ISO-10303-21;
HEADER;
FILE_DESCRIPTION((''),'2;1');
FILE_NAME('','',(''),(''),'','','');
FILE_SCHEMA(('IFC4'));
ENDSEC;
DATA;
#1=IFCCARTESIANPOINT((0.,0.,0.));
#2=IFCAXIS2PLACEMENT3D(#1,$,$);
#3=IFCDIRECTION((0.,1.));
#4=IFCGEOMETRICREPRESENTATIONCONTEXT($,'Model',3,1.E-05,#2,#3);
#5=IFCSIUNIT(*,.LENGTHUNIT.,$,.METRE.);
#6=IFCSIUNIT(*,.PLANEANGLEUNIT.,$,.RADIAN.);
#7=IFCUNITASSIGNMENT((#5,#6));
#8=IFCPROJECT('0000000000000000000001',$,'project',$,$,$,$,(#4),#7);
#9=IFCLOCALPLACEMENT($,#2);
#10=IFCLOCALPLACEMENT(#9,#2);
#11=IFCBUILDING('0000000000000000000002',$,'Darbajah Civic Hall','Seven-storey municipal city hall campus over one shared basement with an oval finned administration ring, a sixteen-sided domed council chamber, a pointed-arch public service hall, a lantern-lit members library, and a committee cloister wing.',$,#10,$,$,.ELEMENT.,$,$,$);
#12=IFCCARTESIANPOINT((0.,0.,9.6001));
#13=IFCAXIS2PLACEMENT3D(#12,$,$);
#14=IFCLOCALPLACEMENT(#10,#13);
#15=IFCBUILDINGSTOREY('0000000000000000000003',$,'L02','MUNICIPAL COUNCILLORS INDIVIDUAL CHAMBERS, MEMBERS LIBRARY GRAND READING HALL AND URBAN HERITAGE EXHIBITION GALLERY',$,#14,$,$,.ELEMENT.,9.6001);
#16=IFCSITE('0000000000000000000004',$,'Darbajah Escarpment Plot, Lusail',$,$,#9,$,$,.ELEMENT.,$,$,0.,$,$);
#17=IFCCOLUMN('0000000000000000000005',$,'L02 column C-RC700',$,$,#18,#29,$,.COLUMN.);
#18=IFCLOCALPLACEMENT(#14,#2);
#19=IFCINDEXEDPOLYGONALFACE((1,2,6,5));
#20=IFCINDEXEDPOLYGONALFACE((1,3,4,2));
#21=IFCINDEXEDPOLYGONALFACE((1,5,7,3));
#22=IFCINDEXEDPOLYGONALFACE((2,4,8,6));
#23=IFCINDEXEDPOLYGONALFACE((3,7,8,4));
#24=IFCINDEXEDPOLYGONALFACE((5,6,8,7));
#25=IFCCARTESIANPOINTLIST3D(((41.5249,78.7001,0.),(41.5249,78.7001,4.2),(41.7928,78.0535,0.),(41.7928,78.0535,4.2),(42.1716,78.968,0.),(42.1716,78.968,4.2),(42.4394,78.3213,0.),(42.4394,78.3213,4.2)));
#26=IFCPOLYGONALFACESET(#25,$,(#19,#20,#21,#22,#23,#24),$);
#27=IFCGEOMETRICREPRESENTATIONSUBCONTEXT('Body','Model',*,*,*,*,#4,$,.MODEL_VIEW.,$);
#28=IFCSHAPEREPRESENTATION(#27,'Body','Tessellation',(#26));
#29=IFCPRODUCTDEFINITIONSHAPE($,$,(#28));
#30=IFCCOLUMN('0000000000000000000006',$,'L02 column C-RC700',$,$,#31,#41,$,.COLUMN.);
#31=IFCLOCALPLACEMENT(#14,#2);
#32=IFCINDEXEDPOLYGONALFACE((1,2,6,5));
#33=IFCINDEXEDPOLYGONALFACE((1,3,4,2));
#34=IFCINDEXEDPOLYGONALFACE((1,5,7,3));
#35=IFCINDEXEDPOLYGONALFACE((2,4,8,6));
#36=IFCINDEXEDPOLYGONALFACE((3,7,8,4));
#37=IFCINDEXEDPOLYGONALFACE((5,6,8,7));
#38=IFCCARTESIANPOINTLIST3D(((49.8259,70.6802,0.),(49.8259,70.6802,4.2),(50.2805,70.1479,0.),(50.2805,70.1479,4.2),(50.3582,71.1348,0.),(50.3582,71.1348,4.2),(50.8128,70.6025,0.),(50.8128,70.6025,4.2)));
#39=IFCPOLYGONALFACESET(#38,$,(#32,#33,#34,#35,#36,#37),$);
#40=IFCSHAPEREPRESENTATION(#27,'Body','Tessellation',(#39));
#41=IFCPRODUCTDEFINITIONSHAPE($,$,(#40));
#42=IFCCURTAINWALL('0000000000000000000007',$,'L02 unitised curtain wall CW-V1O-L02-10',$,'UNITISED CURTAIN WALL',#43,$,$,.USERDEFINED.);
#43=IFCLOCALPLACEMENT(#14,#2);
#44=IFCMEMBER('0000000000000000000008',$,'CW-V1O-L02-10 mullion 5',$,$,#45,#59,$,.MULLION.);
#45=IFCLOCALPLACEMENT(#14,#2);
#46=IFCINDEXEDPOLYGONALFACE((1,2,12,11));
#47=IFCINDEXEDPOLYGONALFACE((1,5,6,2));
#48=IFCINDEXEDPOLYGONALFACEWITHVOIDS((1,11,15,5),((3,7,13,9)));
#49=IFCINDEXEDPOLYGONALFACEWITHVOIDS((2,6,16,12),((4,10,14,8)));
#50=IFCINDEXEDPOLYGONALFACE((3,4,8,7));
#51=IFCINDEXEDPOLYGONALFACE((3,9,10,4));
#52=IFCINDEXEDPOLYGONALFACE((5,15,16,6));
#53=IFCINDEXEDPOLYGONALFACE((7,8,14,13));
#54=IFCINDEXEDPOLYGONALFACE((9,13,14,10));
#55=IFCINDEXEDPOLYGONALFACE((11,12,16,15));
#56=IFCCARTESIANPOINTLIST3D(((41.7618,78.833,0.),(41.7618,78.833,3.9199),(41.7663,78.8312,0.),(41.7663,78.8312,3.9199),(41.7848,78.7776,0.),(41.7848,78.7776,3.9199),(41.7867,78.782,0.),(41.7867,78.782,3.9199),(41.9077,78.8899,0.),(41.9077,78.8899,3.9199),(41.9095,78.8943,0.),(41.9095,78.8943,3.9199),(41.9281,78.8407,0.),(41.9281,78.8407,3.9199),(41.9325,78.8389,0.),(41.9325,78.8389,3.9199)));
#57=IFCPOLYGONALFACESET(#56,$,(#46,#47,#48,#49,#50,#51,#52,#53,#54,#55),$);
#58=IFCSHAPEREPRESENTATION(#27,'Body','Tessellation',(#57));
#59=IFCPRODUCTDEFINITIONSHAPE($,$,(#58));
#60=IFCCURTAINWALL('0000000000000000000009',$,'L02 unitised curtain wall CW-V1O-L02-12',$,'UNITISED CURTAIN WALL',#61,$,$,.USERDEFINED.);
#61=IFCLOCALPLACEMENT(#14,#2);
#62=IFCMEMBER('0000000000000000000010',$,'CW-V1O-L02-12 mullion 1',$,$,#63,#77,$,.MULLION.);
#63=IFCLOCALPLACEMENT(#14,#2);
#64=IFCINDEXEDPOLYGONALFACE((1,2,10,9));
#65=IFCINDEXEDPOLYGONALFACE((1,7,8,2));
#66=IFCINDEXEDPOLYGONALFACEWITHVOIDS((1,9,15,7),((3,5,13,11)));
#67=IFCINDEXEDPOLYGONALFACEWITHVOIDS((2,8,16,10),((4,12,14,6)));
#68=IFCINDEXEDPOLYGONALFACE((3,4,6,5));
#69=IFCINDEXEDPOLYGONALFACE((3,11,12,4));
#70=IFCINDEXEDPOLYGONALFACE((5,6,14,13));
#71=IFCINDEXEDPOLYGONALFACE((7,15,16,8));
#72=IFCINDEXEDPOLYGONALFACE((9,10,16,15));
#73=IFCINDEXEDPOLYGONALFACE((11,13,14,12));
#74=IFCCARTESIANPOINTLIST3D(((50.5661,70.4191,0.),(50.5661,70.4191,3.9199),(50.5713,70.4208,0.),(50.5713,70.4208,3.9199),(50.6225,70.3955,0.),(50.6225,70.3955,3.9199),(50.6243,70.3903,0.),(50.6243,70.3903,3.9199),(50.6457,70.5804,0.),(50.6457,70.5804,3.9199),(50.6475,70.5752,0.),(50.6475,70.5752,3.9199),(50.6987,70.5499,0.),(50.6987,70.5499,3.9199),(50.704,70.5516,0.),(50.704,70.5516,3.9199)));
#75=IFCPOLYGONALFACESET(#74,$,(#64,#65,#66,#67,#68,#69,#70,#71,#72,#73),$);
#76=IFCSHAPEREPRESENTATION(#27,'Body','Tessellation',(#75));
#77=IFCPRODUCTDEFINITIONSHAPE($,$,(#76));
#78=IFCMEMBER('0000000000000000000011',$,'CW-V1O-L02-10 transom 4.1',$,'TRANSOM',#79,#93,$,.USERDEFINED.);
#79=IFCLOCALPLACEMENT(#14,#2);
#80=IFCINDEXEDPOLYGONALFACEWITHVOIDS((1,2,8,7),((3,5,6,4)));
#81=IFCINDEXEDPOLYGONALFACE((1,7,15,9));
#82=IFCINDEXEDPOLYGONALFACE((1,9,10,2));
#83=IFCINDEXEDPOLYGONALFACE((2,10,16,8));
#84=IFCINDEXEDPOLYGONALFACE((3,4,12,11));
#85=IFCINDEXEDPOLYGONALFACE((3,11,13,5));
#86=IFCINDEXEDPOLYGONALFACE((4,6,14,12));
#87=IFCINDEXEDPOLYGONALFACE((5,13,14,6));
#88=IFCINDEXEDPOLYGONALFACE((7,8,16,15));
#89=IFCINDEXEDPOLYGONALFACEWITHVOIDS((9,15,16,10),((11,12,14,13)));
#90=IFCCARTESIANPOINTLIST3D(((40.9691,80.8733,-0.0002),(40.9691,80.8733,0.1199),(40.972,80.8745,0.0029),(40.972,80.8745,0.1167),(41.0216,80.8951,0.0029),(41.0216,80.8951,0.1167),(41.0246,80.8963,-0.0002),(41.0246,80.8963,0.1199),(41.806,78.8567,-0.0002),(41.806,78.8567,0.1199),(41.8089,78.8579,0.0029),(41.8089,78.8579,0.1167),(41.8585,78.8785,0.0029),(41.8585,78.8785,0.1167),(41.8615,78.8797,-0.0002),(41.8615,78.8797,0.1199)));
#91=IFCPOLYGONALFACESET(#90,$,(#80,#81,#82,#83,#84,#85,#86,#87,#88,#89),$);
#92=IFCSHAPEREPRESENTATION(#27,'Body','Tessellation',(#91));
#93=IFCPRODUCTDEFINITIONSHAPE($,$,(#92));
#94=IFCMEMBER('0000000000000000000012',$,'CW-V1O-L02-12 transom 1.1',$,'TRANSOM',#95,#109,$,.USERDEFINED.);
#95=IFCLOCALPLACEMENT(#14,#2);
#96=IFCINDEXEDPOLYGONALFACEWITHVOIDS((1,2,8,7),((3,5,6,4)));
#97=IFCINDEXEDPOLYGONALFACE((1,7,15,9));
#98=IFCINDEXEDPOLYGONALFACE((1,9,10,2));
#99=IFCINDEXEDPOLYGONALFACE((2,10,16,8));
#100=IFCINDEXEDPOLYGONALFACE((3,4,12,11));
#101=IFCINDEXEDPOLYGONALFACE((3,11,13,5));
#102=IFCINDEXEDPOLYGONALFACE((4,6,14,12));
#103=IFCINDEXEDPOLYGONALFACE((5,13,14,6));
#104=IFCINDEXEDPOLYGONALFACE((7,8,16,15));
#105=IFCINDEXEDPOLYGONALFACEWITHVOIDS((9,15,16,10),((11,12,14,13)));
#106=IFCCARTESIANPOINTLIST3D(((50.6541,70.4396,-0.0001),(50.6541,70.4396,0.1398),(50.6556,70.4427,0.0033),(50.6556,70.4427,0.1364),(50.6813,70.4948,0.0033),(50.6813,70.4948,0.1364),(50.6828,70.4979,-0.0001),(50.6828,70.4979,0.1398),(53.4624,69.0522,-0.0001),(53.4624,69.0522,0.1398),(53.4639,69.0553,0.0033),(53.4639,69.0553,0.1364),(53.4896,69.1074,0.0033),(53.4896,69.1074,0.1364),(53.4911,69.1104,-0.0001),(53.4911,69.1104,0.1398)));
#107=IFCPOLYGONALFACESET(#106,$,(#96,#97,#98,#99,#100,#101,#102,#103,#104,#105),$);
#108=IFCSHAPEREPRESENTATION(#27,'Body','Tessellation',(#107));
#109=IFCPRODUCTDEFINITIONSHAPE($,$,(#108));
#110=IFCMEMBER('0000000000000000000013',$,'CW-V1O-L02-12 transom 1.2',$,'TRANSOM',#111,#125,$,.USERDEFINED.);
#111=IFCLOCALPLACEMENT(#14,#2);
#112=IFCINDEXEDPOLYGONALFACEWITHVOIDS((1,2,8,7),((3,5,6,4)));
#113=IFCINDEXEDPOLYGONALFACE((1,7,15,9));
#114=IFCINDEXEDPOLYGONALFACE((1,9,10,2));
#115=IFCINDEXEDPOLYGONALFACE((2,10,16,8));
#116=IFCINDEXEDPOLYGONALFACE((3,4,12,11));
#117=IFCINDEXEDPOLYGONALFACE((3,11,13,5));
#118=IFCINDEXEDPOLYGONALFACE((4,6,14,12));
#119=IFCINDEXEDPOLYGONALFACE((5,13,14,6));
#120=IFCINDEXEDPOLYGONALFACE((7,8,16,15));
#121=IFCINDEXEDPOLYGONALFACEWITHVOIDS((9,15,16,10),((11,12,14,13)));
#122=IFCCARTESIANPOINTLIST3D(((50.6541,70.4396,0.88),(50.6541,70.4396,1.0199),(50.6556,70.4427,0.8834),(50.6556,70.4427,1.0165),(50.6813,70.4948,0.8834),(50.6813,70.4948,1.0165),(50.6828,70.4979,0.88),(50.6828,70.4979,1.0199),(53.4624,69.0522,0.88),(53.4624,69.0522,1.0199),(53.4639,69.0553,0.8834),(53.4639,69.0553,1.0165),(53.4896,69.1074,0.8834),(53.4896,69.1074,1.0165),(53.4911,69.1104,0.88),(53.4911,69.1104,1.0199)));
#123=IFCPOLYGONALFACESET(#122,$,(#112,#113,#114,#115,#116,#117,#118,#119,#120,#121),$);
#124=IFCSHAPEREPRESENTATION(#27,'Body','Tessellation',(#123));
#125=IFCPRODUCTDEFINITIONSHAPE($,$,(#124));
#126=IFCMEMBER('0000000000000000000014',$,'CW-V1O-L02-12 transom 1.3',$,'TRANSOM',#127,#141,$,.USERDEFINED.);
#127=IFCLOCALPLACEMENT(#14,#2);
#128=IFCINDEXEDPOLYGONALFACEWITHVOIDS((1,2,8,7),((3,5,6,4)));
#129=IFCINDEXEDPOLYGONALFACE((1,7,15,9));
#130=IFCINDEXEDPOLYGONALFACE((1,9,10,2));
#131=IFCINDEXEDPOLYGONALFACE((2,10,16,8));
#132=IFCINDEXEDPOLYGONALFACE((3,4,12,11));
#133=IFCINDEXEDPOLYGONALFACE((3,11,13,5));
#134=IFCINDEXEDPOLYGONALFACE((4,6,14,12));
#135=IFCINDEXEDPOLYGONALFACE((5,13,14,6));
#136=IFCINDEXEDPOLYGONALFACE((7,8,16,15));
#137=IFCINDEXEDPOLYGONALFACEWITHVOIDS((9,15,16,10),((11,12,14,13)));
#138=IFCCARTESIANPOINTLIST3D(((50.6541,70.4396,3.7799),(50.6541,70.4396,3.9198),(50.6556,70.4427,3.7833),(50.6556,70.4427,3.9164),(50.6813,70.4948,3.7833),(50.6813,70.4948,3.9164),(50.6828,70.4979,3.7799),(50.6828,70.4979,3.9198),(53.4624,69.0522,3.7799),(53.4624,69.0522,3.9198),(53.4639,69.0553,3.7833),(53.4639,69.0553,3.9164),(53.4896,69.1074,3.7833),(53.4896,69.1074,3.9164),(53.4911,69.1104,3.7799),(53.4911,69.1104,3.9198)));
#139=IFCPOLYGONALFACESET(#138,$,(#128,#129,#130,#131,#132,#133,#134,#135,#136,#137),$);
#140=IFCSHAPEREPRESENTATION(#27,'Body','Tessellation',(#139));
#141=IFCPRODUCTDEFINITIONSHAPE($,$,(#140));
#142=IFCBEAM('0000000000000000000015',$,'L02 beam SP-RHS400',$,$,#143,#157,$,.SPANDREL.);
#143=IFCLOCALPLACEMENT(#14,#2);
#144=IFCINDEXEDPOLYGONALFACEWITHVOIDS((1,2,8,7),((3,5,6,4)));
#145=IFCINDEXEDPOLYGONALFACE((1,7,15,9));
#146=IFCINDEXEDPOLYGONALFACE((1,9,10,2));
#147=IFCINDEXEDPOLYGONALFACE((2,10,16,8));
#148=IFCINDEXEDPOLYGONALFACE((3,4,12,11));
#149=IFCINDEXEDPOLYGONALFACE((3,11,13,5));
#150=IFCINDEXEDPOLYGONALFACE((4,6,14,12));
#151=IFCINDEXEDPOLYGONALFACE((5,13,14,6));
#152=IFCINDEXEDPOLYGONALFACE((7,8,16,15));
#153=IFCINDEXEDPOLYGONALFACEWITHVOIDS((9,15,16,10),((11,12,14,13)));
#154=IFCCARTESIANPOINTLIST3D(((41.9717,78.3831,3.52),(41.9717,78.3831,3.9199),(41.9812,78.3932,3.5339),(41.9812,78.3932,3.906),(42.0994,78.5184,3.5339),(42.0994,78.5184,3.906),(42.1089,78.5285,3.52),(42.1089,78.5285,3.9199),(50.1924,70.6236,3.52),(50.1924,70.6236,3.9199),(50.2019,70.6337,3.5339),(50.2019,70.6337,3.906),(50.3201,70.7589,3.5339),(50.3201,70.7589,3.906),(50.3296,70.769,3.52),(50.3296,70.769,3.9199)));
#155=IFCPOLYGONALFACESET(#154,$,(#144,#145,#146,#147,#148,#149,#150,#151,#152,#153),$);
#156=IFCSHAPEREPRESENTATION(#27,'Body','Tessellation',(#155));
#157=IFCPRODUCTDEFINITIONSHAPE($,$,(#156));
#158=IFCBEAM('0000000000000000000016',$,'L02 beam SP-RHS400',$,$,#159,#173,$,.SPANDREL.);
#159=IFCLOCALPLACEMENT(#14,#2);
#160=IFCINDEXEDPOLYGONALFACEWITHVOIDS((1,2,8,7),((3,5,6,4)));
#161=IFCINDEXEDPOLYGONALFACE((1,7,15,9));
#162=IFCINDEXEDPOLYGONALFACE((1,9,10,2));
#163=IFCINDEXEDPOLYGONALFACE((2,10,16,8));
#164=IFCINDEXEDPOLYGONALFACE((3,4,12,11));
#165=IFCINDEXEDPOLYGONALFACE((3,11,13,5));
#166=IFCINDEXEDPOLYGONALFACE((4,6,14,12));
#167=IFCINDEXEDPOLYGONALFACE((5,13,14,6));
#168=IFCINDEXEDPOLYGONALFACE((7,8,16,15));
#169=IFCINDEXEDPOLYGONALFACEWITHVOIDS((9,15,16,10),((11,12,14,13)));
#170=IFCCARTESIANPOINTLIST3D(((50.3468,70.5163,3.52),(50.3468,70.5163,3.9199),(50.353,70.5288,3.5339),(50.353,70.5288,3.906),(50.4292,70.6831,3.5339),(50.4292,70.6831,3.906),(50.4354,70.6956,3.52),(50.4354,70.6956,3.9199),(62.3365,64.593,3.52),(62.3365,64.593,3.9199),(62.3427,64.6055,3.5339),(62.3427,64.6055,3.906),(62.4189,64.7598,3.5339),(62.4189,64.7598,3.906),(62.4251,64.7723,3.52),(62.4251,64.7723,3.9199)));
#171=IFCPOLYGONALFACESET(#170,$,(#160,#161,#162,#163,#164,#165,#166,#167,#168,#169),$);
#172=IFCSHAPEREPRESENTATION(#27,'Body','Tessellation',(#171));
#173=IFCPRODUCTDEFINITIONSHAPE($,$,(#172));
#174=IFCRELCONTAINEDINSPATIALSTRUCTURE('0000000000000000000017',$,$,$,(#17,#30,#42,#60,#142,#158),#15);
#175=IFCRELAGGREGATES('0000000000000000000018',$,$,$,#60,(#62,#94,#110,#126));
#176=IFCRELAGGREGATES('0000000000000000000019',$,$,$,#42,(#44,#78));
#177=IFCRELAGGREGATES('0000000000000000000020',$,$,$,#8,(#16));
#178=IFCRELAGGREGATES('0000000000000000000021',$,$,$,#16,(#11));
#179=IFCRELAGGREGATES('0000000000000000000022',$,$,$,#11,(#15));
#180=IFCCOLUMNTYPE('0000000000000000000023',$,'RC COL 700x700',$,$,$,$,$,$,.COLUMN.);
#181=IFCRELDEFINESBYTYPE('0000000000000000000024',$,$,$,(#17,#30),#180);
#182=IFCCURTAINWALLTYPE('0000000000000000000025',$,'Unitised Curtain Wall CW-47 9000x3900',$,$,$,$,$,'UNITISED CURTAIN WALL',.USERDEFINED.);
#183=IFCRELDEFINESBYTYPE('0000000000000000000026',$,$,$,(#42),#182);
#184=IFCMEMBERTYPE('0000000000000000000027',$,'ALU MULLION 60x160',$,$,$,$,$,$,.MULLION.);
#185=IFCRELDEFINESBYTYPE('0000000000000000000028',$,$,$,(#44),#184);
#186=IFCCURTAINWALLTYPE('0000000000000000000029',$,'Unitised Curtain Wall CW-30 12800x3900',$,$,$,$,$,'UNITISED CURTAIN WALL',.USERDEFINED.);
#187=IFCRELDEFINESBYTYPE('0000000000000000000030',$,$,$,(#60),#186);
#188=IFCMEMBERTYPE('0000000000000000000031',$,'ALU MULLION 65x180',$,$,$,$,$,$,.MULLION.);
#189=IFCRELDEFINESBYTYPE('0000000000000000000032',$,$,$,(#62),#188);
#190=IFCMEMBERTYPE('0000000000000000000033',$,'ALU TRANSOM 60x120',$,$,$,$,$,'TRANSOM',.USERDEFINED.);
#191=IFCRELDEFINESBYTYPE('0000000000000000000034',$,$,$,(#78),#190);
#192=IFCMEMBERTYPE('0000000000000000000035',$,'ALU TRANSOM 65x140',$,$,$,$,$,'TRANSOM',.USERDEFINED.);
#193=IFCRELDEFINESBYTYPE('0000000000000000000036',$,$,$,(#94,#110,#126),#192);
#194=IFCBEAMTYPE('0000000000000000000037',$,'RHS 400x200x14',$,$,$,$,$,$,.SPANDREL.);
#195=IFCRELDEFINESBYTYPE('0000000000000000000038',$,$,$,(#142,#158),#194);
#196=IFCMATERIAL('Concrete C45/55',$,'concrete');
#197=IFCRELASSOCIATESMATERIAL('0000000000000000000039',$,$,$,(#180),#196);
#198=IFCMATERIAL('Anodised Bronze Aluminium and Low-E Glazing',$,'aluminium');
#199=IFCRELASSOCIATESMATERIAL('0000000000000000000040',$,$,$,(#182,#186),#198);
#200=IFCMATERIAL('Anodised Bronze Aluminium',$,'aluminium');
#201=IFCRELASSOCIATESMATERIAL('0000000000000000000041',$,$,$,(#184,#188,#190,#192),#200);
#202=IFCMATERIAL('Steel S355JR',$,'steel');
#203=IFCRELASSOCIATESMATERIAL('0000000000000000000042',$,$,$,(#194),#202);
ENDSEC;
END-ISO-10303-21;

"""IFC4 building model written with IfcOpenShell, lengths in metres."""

from ifc_helpers import new_model, si_unit, direction, frame, origin, origin_2d, place, context, subcontext, project, spatial, rectangle, hollow_rectangle, extrude, material, material_profile, profile_set, type_object, element, aggregate, save


model = new_model("IFC4")

# Units and contexts
model_context = context("Model", 3, precision=1e-05, world=origin(), true_north=direction((0.0, 1.0)))
body_context = subcontext(model_context, "Body", "Model", "MODEL_VIEW")
ifc_project = project(units=[si_unit("LENGTHUNIT", "METRE"), si_unit("PLANEANGLEUNIT", "RADIAN")], contexts=[model_context])

# Site, building, storey
site_placement = place(None, origin())
site = spatial("IfcSite", under=ifc_project, at=site_placement, Name="Darbajah Escarpment Plot, Lusail", CompositionType="ELEMENT", RefElevation=0.0)
building_placement = place(site_placement, origin())
building = spatial("IfcBuilding", under=site, at=building_placement, Name="Darbajah Civic Hall", Description="Seven-storey municipal city hall campus over one shared basement with an oval finned administration ring, a sixteen-sided domed council chamber, a pointed-arch public service hall, a lantern-lit members library, and a committee cloister wing.", CompositionType="ELEMENT")
storey_placement = place(building_placement, frame((0.0, 0.0, 9.6001)))
storey = spatial("IfcBuildingStorey", under=building, at=storey_placement, Name="L02", Description="MUNICIPAL COUNCILLORS INDIVIDUAL CHAMBERS, MEMBERS LIBRARY GRAND READING HALL AND URBAN HERITAGE EXHIBITION GALLERY", CompositionType="ELEMENT", Elevation=9.6001)

# Columns
ifc_material_1 = material(Name="Concrete C45/55", Category="concrete")
ifc_material_profile_1 = material_profile(ifc_material_1, rectangle(XDim=0.7, YDim=0.7, at=origin_2d()), Name="RC COL 700x700")
ifc_profile_set_1 = profile_set([ifc_material_profile_1], Name="Concrete C45/55")
column_type = type_object("IfcColumnType", Name="RC COL 700x700", PredefinedType="COLUMN", material=ifc_profile_set_1)
for number, where, z_axis, x_axis, name in (
    (1, (41.9822, 78.5107, 0.0), (0.0, 0.0, 1.0), (-0.92388, -0.382683, 0.0), "L02 column C-RC700"),
    (2, (50.3193, 70.6414, 0.0), (0.0, 0.0, 1.0), (-0.760406, -0.649448, 0.0), "L02 column C-RC700"),
):
    element("IfcColumn", number, at=place(storey_placement, frame(where, z_axis=z_axis, x_axis=x_axis)), inside=storey, type_object=column_type, Name=name, PredefinedType="COLUMN", context=body_context, shape_type="SweptSolid", body=[
        extrude(rectangle(XDim=0.7, YDim=0.7, at=origin_2d()), origin(), (0.0, 0.0, 1.0), 4.2),
    ])

# Curtain walls, members
ifc_material_2 = material(Name="Anodised Bronze Aluminium and Low-E Glazing", Category="aluminium")
curtain_wall_type_1 = type_object("IfcCurtainWallType", Name="Unitised Curtain Wall CW-47 9000x3900", ElementType="UNITISED CURTAIN WALL", PredefinedType="USERDEFINED", material=ifc_material_2)
curtain_wall_1_placement = place(storey_placement, origin())
curtain_wall_1 = element("IfcCurtainWall", 3, at=curtain_wall_1_placement, inside=storey, type_object=curtain_wall_type_1, Name="L02 unitised curtain wall CW-V1O-L02-10", ObjectType="UNITISED CURTAIN WALL", PredefinedType="USERDEFINED")
ifc_material_3 = material(Name="Anodised Bronze Aluminium", Category="aluminium")
ifc_material_profile_2 = material_profile(ifc_material_3, hollow_rectangle(XDim=0.0601, YDim=0.1599, WallThickness=0.0034, at=origin_2d()), Name="ALU MULLION 60x160")
ifc_profile_set_2 = profile_set([ifc_material_profile_2], Name="Anodised Bronze Aluminium")
member_type_1 = type_object("IfcMemberType", Name="ALU MULLION 60x160", PredefinedType="MULLION", material=ifc_profile_set_2)
member_1_placement = place(storey_placement, frame((41.8472, 78.8359, 0.0), z_axis=(0.0, 0.0, 1.0), x_axis=(0.383328, -0.923612, 0.0)))
member_1 = element("IfcMember", 4, at=member_1_placement, type_object=member_type_1, Name="CW-V1O-L02-10 mullion 5", PredefinedType="MULLION", context=body_context, shape_type="SweptSolid", body=[
    extrude(hollow_rectangle(XDim=0.0601, YDim=0.1599, WallThickness=0.0034, at=origin_2d()), origin(), (0.0, 0.0, 1.0), 3.9199),
])
curtain_wall_type_2 = type_object("IfcCurtainWallType", Name="Unitised Curtain Wall CW-30 12800x3900", ElementType="UNITISED CURTAIN WALL", PredefinedType="USERDEFINED", material=ifc_material_2)
curtain_wall_2_placement = place(storey_placement, origin())
curtain_wall_2 = element("IfcCurtainWall", 5, at=curtain_wall_2_placement, inside=storey, type_object=curtain_wall_type_2, Name="L02 unitised curtain wall CW-V1O-L02-12", ObjectType="UNITISED CURTAIN WALL", PredefinedType="USERDEFINED")
ifc_material_profile_3 = material_profile(ifc_material_3, hollow_rectangle(XDim=0.0649, YDim=0.1799, WallThickness=0.0039, at=origin_2d()), Name="ALU MULLION 65x180")
ifc_profile_set_3 = profile_set([ifc_material_profile_3], Name="Anodised Bronze Aluminium")
member_type_2 = type_object("IfcMemberType", Name="ALU MULLION 65x180", PredefinedType="MULLION", material=ifc_profile_set_3)
member_2_placement = place(storey_placement, frame((50.635, 70.4854, 0.0), z_axis=(0.0, 0.0, 1.0), x_axis=(0.896564, -0.442915, 0.0)))
member_2 = element("IfcMember", 6, at=member_2_placement, type_object=member_type_2, Name="CW-V1O-L02-12 mullion 1", PredefinedType="MULLION", context=body_context, shape_type="SweptSolid", body=[
    extrude(hollow_rectangle(XDim=0.0649, YDim=0.1799, WallThickness=0.0039, at=origin_2d()), origin(), (0.0, 0.0, 1.0), 3.9199),
])

# Members
ifc_material_profile_4 = material_profile(ifc_material_3, hollow_rectangle(XDim=0.0601, YDim=0.1201, WallThickness=0.0032, at=origin_2d()), Name="ALU TRANSOM 60x120")
ifc_profile_set_4 = profile_set([ifc_material_profile_4], Name="Anodised Bronze Aluminium")
member_type_3 = type_object("IfcMemberType", Name="ALU TRANSOM 60x120", ElementType="TRANSOM", PredefinedType="USERDEFINED", material=ifc_profile_set_4)
member_3_placement = place(storey_placement, frame((40.9968, 80.8848, 0.0598), z_axis=(0.383313, -0.923619, 0.0), x_axis=(0.923619, 0.383313, 0.0)))
member_3 = element("IfcMember", 7, at=member_3_placement, type_object=member_type_3, Name="CW-V1O-L02-10 transom 4.1", ObjectType="TRANSOM", PredefinedType="USERDEFINED", context=body_context, shape_type="SweptSolid", body=[
    extrude(hollow_rectangle(XDim=0.0601, YDim=0.1201, WallThickness=0.0032, at=origin_2d()), origin(), (0.0, 0.0, 1.0), 2.1833),
])
ifc_material_profile_5 = material_profile(ifc_material_3, hollow_rectangle(XDim=0.0649, YDim=0.1399, WallThickness=0.0034, at=origin_2d()), Name="ALU TRANSOM 65x140")
ifc_profile_set_5 = profile_set([ifc_material_profile_5], Name="Anodised Bronze Aluminium")
member_type_4 = type_object("IfcMemberType", Name="ALU TRANSOM 65x140", ElementType="TRANSOM", PredefinedType="USERDEFINED", material=ifc_profile_set_5)
member_4_placement = place(storey_placement, frame((50.6685, 70.4688, 0.0698), z_axis=(0.896553, -0.442937, 0.0), x_axis=(0.442937, 0.896553, 0.0)))
member_4 = element("IfcMember", 8, at=member_4_placement, type_object=member_type_4, Name="CW-V1O-L02-12 transom 1.1", ObjectType="TRANSOM", PredefinedType="USERDEFINED", context=body_context, shape_type="SweptSolid", body=[
    extrude(hollow_rectangle(XDim=0.0649, YDim=0.1399, WallThickness=0.0034, at=origin_2d()), origin(), (0.0, 0.0, 1.0), 3.1323),
])
member_5_placement = place(storey_placement, frame((50.6685, 70.4688, 0.95), z_axis=(0.896553, -0.442937, 0.0), x_axis=(0.442937, 0.896553, 0.0)))
member_5 = element("IfcMember", 9, at=member_5_placement, type_object=member_type_4, Name="CW-V1O-L02-12 transom 1.2", ObjectType="TRANSOM", PredefinedType="USERDEFINED", context=body_context, shape_type="SweptSolid", body=[
    extrude(hollow_rectangle(XDim=0.0649, YDim=0.1399, WallThickness=0.0034, at=origin_2d()), origin(), (0.0, 0.0, 1.0), 3.1323),
])
member_6_placement = place(storey_placement, frame((50.6685, 70.4688, 3.8499), z_axis=(0.896553, -0.442937, 0.0), x_axis=(0.442937, 0.896553, 0.0)))
member_6 = element("IfcMember", 10, at=member_6_placement, type_object=member_type_4, Name="CW-V1O-L02-12 transom 1.3", ObjectType="TRANSOM", PredefinedType="USERDEFINED", context=body_context, shape_type="SweptSolid", body=[
    extrude(hollow_rectangle(XDim=0.0649, YDim=0.1399, WallThickness=0.0034, at=origin_2d()), origin(), (0.0, 0.0, 1.0), 3.1323),
])
aggregate(curtain_wall_2, [member_2, member_4, member_5, member_6])

# Beams
ifc_material_4 = material(Name="Steel S355JR", Category="steel")
ifc_material_profile_6 = material_profile(ifc_material_4, hollow_rectangle(XDim=0.2, YDim=0.3999, WallThickness=0.0139, at=origin_2d()), Name="RHS 400x200x14")
ifc_profile_set_6 = profile_set([ifc_material_profile_6], Name="Steel S355JR")
beam_type_1 = type_object("IfcBeamType", Name="RHS 400x200x14", PredefinedType="SPANDREL", material=ifc_profile_set_6)
beam_1_placement = place(storey_placement, frame((42.0403, 78.4558, 3.72), z_axis=(0.727211, -0.686414, 0.0), x_axis=(0.686414, 0.727211, 0.0)))
element("IfcBeam", 11, at=beam_1_placement, inside=storey, type_object=beam_type_1, Name="L02 beam SP-RHS400", PredefinedType="SPANDREL", context=body_context, shape_type="SweptSolid", body=[
    extrude(hollow_rectangle(XDim=0.2, YDim=0.3999, WallThickness=0.0139, at=origin_2d()), origin(), (0.0, 0.0, 1.0), 11.3044),
])
beam_2_placement = place(storey_placement, frame((50.3911, 70.606, 3.72), z_axis=(0.896557, -0.442929, 0.0), x_axis=(0.442929, 0.896557, 0.0)))
element("IfcBeam", 12, at=beam_2_placement, inside=storey, type_object=beam_type_1, Name="L02 beam SP-RHS400", PredefinedType="SPANDREL", context=body_context, shape_type="SweptSolid", body=[
    extrude(hollow_rectangle(XDim=0.2, YDim=0.3999, WallThickness=0.0139, at=origin_2d()), origin(), (0.0, 0.0, 1.0), 13.373),
])

aggregate(curtain_wall_1, [member_1, member_3])

save(model, "model.ifc")
